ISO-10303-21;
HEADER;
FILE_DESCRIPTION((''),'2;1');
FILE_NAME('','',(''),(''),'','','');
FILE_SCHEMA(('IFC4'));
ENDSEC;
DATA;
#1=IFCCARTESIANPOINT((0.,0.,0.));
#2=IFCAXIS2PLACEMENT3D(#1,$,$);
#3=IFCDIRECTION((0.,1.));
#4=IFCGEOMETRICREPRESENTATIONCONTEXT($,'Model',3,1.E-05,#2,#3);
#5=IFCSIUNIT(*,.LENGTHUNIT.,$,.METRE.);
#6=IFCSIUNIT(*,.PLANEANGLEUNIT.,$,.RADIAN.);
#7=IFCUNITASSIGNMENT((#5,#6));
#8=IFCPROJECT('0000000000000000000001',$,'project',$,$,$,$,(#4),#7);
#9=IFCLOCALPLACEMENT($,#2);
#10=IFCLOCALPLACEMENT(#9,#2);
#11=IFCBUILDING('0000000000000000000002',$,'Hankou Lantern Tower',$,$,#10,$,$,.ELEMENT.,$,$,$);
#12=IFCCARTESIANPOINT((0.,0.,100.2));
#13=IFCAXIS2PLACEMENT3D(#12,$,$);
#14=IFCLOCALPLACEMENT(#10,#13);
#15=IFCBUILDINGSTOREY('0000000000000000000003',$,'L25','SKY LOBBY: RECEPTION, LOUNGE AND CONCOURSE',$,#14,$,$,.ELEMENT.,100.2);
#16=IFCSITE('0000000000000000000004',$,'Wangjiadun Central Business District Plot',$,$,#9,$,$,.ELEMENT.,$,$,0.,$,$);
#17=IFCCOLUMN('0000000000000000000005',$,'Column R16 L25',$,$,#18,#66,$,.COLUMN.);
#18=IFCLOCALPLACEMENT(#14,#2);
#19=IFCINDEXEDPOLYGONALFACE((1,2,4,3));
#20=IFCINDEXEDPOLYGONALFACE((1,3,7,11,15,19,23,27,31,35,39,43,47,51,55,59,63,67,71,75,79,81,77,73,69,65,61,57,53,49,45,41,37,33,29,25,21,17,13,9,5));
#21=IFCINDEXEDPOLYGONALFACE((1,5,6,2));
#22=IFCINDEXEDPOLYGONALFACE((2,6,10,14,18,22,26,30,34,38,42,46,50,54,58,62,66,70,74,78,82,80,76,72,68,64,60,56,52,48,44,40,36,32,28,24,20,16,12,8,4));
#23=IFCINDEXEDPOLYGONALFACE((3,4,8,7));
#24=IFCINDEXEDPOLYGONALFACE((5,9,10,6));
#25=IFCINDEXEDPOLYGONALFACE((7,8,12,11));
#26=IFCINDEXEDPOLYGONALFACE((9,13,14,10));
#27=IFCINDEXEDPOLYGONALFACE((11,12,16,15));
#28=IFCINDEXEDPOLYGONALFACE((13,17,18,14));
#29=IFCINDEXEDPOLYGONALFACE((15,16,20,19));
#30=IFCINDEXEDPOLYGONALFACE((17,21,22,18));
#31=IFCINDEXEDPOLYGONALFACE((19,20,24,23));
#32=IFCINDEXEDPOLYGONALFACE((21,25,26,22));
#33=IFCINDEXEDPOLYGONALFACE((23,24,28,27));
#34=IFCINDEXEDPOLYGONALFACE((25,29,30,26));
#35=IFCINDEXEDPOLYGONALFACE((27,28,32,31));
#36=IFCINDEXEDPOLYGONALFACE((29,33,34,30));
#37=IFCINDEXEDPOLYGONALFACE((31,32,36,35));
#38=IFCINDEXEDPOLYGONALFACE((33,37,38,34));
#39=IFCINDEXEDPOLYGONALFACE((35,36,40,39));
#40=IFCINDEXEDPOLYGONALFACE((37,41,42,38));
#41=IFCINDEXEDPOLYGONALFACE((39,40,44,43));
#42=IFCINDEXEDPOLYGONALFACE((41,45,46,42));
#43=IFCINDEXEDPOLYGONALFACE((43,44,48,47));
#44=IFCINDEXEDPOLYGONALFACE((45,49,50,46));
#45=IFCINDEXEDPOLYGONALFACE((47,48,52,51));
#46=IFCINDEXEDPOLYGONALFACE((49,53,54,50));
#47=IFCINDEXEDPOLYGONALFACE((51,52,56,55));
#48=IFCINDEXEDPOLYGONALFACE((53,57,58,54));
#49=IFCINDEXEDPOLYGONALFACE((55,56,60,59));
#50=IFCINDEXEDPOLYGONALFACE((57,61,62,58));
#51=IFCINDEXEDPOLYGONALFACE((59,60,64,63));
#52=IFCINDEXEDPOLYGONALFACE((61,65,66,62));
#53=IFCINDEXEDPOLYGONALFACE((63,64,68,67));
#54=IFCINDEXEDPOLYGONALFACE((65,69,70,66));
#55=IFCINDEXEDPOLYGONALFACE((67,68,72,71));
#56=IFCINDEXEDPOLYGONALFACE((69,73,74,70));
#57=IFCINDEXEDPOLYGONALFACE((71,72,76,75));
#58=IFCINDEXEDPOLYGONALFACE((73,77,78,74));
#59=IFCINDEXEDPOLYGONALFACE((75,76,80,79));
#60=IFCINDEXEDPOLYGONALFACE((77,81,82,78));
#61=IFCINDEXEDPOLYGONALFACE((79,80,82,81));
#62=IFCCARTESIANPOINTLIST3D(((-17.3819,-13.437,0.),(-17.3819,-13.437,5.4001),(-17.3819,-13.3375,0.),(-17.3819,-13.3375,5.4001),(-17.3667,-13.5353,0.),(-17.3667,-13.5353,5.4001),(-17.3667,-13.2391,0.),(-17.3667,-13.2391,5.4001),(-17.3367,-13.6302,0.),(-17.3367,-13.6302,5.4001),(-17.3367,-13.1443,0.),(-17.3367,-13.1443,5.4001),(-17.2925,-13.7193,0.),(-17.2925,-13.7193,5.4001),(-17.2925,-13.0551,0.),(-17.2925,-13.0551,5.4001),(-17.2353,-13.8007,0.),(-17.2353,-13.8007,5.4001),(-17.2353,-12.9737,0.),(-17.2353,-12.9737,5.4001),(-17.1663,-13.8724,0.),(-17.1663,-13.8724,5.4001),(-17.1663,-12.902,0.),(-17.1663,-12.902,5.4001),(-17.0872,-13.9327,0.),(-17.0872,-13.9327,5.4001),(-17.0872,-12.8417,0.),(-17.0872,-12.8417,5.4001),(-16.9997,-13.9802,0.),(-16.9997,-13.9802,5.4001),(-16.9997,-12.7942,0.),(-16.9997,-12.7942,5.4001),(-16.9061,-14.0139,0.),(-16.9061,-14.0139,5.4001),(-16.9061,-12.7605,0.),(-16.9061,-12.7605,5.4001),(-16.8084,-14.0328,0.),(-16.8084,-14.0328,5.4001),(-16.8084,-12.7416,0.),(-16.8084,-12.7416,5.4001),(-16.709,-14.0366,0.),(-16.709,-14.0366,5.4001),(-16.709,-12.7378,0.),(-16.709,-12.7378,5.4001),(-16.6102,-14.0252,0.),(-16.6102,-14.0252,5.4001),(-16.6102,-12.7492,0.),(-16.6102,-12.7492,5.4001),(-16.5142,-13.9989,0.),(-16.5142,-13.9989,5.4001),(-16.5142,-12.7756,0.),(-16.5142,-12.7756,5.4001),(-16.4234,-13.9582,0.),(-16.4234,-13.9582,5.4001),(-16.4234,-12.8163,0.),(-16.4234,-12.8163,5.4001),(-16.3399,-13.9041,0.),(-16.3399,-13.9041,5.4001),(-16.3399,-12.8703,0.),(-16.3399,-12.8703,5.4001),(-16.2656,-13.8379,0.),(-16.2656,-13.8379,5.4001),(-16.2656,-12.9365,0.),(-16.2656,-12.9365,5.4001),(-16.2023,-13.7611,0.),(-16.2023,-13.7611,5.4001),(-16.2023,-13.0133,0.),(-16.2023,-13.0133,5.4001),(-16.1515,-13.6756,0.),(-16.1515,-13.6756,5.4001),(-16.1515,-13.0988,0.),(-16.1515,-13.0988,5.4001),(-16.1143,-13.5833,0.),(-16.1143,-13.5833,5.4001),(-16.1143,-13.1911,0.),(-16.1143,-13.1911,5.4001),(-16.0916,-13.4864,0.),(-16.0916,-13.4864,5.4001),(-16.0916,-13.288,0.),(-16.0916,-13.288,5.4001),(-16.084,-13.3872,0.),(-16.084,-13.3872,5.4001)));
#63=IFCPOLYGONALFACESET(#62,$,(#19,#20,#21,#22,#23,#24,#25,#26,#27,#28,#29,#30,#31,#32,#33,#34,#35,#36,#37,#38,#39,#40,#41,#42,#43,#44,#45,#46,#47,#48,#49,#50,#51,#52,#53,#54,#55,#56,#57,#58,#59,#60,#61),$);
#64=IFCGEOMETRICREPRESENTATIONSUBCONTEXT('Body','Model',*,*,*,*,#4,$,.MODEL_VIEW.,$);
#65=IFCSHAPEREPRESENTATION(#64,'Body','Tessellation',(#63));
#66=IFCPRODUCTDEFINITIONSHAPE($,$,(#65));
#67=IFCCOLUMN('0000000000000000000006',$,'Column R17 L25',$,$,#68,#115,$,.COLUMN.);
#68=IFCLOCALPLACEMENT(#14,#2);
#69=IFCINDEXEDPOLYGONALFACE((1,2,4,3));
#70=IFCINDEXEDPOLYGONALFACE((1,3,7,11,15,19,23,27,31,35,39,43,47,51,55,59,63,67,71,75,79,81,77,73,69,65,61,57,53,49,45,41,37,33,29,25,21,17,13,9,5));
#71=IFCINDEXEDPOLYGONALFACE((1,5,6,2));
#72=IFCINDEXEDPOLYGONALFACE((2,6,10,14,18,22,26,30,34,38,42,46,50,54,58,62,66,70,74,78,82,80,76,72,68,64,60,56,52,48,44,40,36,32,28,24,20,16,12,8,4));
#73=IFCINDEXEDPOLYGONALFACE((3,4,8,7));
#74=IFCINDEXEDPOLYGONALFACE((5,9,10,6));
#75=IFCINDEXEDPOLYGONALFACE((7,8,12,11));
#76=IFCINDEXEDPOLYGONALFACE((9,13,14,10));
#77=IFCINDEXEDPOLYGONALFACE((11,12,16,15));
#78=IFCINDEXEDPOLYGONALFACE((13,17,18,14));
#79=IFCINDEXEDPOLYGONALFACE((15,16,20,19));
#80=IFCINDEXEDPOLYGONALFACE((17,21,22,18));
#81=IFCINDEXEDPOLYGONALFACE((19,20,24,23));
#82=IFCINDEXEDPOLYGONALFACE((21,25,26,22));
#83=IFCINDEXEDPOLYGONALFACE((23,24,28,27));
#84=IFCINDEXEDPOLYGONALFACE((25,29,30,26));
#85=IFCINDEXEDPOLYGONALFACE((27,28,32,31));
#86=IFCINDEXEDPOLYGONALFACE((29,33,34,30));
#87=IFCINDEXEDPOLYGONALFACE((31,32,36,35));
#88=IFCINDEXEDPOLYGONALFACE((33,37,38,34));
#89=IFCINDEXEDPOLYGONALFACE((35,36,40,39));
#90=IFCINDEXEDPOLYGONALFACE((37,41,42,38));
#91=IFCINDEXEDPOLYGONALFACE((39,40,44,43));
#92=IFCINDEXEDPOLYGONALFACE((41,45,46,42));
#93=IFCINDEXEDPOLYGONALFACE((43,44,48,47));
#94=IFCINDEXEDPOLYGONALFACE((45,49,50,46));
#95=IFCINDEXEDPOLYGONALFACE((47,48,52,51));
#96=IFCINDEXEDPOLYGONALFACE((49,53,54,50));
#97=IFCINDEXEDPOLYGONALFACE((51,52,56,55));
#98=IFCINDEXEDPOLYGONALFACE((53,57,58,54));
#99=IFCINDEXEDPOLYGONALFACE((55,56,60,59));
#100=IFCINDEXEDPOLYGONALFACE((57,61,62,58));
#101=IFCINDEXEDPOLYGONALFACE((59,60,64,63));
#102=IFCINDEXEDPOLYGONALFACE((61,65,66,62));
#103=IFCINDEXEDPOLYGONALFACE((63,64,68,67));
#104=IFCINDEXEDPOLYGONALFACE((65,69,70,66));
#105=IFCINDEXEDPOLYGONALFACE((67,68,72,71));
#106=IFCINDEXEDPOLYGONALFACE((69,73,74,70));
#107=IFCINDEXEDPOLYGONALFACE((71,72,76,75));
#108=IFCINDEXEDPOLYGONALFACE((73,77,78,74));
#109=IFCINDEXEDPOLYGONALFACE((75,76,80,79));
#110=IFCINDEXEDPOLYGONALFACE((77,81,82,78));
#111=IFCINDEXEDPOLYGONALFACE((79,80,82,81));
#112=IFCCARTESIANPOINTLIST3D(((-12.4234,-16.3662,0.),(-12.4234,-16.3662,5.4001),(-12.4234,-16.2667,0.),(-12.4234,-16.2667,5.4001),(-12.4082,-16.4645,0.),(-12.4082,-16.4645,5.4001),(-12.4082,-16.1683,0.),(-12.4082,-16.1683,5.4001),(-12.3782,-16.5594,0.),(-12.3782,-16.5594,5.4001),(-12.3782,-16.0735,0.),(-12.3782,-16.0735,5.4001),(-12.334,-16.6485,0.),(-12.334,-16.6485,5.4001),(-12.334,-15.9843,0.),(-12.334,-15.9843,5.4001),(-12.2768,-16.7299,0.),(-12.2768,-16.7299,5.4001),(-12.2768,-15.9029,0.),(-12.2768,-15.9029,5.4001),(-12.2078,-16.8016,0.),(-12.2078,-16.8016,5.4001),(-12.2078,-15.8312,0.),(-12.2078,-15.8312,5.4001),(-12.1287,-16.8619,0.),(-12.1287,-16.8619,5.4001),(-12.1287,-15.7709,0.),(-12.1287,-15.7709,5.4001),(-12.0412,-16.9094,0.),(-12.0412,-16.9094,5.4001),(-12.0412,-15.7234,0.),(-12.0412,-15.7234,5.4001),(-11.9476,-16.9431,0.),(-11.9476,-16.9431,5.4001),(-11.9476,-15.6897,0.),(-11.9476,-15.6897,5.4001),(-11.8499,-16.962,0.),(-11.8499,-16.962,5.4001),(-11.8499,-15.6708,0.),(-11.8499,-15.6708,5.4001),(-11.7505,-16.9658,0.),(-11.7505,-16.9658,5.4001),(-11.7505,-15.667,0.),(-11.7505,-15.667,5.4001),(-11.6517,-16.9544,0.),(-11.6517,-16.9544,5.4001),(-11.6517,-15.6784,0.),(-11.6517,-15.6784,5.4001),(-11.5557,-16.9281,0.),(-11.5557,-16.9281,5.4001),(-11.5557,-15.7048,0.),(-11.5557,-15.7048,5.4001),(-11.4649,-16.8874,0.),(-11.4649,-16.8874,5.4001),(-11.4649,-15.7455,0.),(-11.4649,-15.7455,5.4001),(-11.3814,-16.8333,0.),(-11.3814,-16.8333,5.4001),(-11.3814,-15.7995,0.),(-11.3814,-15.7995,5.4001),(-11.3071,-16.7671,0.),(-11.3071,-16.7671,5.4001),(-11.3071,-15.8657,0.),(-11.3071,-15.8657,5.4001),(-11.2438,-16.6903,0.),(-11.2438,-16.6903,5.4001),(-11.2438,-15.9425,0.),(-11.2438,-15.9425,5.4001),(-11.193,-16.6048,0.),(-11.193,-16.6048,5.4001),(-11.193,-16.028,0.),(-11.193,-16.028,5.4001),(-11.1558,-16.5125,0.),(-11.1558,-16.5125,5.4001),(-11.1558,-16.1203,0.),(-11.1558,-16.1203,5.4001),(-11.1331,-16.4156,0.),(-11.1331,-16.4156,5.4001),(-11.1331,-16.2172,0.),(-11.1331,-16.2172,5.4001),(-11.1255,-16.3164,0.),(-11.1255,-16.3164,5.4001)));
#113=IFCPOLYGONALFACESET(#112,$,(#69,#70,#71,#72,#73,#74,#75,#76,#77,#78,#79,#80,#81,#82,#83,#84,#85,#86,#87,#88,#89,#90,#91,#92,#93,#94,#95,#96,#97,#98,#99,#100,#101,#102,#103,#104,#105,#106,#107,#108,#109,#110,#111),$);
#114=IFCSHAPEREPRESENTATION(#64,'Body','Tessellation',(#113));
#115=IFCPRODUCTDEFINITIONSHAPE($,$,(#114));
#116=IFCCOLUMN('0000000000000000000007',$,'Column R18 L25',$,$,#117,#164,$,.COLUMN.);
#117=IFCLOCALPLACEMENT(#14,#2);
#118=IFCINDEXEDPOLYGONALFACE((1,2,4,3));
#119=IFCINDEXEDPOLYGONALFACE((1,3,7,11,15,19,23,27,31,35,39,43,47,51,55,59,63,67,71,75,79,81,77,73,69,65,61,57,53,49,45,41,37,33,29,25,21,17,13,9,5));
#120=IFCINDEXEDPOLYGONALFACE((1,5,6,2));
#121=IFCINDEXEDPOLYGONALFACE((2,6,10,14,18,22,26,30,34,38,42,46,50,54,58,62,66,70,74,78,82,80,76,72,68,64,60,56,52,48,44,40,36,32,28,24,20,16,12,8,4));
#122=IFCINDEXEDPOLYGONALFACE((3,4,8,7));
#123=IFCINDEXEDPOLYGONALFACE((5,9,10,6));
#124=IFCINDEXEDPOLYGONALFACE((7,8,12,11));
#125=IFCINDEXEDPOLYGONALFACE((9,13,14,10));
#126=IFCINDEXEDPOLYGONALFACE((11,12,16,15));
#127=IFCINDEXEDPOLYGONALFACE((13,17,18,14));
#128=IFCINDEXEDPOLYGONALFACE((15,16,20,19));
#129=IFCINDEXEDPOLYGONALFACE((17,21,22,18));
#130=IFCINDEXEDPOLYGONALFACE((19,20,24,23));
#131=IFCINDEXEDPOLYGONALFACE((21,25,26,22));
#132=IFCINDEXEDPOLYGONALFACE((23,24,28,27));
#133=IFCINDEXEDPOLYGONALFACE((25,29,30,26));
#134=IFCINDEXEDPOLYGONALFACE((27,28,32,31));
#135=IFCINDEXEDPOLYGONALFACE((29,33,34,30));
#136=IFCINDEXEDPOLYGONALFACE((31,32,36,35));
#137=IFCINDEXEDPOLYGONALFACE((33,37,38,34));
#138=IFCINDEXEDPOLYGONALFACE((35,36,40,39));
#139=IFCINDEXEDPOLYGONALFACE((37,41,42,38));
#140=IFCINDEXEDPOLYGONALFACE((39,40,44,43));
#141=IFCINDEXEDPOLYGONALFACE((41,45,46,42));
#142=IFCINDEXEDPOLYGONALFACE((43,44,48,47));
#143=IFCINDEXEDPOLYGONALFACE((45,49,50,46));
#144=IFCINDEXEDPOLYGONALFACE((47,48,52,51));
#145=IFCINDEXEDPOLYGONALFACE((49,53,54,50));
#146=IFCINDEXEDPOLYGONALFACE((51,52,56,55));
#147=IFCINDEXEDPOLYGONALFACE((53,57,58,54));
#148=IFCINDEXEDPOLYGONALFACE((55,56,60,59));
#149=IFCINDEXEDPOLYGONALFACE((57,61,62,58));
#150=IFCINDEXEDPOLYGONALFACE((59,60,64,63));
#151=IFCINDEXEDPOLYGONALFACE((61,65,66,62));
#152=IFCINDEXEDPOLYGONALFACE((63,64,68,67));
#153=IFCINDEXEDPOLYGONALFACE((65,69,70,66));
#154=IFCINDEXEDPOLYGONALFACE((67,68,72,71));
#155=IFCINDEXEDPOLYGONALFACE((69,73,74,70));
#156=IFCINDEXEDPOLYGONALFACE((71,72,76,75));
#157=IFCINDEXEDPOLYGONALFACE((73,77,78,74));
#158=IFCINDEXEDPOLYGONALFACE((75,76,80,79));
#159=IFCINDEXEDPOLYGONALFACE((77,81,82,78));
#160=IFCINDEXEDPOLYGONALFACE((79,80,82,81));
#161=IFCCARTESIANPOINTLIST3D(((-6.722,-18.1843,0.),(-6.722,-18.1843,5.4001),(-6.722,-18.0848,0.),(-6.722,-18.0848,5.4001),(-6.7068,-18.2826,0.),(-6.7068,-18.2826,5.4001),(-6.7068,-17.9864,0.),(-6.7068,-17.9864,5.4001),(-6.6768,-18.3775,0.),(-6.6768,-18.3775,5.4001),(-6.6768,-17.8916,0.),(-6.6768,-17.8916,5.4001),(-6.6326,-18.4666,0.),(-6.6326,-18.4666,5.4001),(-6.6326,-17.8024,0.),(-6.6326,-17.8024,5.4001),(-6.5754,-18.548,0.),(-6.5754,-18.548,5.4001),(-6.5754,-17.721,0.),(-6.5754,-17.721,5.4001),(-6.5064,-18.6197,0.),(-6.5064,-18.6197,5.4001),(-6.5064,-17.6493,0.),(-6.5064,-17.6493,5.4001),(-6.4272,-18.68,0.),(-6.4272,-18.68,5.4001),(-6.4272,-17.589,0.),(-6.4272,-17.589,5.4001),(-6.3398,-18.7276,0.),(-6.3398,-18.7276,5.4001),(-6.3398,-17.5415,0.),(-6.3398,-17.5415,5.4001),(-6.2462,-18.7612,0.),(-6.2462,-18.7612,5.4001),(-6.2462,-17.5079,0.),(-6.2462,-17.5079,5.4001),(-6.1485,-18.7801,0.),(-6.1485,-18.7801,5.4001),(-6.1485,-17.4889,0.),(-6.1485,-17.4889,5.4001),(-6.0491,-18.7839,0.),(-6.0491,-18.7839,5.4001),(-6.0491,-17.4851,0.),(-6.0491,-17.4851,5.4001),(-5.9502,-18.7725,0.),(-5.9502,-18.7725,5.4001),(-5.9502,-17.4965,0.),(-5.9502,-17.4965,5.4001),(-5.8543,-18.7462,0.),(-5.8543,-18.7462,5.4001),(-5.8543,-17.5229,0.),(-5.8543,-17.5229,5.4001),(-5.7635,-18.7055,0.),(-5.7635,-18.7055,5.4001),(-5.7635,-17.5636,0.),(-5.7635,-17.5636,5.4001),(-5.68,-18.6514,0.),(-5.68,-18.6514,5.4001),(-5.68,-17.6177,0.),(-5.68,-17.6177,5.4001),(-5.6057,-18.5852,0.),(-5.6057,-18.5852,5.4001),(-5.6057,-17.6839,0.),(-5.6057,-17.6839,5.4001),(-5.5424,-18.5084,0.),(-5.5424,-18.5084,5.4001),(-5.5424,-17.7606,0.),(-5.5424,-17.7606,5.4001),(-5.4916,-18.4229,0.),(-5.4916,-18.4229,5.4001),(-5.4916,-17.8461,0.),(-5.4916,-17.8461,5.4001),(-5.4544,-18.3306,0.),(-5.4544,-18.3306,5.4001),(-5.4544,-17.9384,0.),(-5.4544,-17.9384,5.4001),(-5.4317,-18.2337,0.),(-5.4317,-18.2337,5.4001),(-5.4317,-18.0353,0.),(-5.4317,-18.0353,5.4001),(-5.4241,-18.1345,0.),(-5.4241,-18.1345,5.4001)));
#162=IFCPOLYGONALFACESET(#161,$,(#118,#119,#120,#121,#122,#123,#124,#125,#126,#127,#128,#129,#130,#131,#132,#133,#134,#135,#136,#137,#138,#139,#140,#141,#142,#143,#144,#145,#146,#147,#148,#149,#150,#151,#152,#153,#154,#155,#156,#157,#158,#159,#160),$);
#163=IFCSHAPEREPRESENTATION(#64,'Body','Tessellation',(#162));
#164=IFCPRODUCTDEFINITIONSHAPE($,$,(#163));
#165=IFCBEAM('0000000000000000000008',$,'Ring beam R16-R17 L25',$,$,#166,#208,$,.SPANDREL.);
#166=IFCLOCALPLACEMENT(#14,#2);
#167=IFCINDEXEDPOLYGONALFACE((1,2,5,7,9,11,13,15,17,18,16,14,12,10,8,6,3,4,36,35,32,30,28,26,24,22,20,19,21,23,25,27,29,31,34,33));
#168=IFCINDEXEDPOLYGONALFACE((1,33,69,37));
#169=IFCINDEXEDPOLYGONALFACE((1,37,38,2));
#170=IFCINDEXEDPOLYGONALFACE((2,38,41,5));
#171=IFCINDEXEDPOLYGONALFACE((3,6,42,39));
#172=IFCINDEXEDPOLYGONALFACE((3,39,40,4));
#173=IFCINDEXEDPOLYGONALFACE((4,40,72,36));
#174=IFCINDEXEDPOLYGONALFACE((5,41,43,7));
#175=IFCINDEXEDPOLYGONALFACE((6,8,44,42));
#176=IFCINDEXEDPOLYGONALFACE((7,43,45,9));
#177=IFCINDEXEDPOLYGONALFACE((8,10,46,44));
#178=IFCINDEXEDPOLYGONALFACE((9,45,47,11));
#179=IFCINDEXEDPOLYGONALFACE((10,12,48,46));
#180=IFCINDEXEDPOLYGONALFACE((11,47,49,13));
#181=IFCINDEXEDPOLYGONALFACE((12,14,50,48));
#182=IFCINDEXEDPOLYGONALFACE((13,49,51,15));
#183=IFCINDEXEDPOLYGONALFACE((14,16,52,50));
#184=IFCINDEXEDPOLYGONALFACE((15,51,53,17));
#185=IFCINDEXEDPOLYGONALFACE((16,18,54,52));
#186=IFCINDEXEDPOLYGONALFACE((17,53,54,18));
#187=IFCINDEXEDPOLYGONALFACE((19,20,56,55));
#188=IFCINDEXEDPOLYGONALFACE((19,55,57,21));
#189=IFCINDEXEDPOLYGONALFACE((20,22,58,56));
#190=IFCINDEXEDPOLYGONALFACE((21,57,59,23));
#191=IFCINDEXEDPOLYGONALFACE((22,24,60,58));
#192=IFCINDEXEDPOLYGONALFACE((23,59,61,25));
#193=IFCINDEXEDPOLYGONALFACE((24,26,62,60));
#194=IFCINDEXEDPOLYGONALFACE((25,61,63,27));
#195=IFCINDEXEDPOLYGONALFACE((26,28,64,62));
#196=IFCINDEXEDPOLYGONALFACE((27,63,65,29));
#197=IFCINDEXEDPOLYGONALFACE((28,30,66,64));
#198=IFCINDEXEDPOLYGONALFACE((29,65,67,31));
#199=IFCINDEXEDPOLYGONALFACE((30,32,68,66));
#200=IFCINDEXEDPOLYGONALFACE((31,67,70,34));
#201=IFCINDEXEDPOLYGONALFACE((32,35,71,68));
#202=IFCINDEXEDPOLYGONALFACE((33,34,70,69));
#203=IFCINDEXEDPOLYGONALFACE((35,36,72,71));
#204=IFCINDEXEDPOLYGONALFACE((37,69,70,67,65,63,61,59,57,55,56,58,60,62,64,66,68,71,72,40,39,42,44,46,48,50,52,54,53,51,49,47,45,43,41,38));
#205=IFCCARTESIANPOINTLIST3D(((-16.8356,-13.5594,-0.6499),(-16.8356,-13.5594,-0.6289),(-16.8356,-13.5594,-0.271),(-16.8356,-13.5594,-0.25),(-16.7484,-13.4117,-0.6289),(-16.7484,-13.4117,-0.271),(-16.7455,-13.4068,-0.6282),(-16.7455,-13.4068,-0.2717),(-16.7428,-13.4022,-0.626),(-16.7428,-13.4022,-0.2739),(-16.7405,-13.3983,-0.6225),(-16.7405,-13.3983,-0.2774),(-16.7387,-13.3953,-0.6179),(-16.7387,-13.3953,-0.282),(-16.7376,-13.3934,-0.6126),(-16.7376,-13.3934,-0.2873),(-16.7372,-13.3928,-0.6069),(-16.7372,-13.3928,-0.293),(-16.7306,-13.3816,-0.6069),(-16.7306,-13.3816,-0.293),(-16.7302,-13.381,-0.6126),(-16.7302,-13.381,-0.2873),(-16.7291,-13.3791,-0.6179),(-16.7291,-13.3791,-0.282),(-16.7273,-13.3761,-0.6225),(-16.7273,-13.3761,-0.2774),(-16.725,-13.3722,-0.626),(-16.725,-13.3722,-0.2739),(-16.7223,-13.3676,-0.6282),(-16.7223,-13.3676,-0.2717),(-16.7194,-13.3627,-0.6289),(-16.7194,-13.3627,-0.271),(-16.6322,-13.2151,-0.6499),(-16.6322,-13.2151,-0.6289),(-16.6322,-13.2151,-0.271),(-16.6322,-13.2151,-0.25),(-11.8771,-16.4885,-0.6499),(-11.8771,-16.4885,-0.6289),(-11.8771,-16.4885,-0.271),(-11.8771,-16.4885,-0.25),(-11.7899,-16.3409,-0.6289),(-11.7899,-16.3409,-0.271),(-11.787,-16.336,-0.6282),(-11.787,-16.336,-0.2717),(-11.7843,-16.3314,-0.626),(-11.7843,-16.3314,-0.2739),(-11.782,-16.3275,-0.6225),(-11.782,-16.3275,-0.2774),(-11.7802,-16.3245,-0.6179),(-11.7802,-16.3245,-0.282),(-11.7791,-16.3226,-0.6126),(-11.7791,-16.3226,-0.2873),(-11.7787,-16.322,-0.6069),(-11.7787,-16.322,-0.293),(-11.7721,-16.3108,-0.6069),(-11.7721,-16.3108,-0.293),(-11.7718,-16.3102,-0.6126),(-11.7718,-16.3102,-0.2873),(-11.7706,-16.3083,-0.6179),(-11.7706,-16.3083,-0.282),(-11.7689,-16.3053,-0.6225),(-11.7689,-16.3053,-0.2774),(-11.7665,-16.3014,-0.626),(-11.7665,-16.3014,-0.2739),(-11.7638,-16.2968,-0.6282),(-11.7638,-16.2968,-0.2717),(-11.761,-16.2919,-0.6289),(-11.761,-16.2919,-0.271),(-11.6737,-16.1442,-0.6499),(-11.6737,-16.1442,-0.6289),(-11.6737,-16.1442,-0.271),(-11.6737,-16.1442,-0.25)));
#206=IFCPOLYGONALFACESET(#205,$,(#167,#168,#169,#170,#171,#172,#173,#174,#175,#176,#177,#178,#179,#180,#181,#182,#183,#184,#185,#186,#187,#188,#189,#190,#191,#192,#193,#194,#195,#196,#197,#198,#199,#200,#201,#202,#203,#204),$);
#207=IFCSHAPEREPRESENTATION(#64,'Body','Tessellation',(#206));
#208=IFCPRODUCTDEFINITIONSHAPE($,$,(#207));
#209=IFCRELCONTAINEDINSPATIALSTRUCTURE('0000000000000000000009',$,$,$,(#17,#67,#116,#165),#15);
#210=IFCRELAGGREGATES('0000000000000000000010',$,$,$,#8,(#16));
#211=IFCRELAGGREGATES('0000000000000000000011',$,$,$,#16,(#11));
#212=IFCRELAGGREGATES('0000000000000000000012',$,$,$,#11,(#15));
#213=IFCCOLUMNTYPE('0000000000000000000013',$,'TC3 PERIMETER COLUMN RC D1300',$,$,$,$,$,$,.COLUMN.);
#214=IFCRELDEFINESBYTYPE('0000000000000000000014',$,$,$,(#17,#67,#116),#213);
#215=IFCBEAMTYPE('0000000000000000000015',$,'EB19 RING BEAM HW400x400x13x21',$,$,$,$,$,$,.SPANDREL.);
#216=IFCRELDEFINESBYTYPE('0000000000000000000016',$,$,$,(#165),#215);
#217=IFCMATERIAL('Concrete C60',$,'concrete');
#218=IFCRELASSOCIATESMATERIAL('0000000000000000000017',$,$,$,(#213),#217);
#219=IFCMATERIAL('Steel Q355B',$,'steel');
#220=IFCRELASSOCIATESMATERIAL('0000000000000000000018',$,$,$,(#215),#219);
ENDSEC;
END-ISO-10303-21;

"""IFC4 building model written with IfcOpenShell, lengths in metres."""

from ifc_helpers import new_model, si_unit, direction, frame, origin, origin_2d, place, context, subcontext, project, spatial, circle, i_section, extrude, material, material_profile, profile_set, type_object, element, save


model = new_model("IFC4")

# Units and contexts
model_context = context("Model", 3, precision=1e-05, world=origin(), true_north=direction((0.0, 1.0)))
body_context = subcontext(model_context, "Body", "Model", "MODEL_VIEW")
ifc_project = project(units=[si_unit("LENGTHUNIT", "METRE"), si_unit("PLANEANGLEUNIT", "RADIAN")], contexts=[model_context])

# Site, building, storey
site_placement = place(None, origin())
site = spatial("IfcSite", under=ifc_project, at=site_placement, Name="Wangjiadun Central Business District Plot", CompositionType="ELEMENT", RefElevation=0.0)
building_placement = place(site_placement, origin())
building = spatial("IfcBuilding", under=site, at=building_placement, Name="Hankou Lantern Tower", CompositionType="ELEMENT")
storey_placement = place(building_placement, frame((0.0, 0.0, 100.2)))
storey = spatial("IfcBuildingStorey", under=building, at=storey_placement, Name="L25", Description="SKY LOBBY: RECEPTION, LOUNGE AND CONCOURSE", CompositionType="ELEMENT", Elevation=100.2)

# Columns
ifc_material_1 = material(Name="Concrete C60", Category="concrete")
ifc_material_profile_1 = material_profile(ifc_material_1, circle(Radius=0.6499, at=origin_2d()), Name="RC D1300")
ifc_profile_set_1 = profile_set([ifc_material_profile_1], Name="Concrete C60")
column_type = type_object("IfcColumnType", Name="TC3 PERIMETER COLUMN RC D1300", PredefinedType="COLUMN", material=ifc_profile_set_1)
for number, where, z_axis, x_axis, name in (
    (1, (-16.7339, -13.3872, 0.0), (0.0, 0.0, 1.0), (1.0, 0.0, 0.0), "Column R16 L25"),
    (2, (-11.7754, -16.3164, 0.0), (0.0, 0.0, 1.0), (1.0, 0.0, 0.0), "Column R17 L25"),
    (3, (-6.074, -18.1345, 0.0), (0.0, 0.0, 1.0), (1.0, 0.0, 0.0), "Column R18 L25"),
):
    element("IfcColumn", number, at=place(storey_placement, frame(where, z_axis=z_axis, x_axis=x_axis)), inside=storey, type_object=column_type, Name=name, PredefinedType="COLUMN", context=body_context, shape_type="SweptSolid", body=[
        extrude(circle(Radius=0.6499, at=origin_2d()), origin(), (0.0, 0.0, 1.0), 5.4001),
    ])

# Beam
ifc_material_2 = material(Name="Steel Q355B", Category="steel")
ifc_material_profile_2 = material_profile(ifc_material_2, i_section(OverallWidth=0.3999, OverallDepth=0.3999, WebThickness=0.0129, FlangeThickness=0.021, FilletRadius=0.022, at=origin_2d()), Name="HW400x400x13x21")
ifc_profile_set_2 = profile_set([ifc_material_profile_2], Name="Steel Q355B")
beam_type_1 = type_object("IfcBeamType", Name="EB19 RING BEAM HW400x400x13x21", PredefinedType="SPANDREL", material=ifc_profile_set_2)
beam_1_placement = place(storey_placement, frame((-16.7339, -13.3872, -0.45), z_axis=(0.860989, -0.508624, 0.0), x_axis=(0.508624, 0.860989, 0.0)))
element("IfcBeam", 4, at=beam_1_placement, inside=storey, type_object=beam_type_1, Name="Ring beam R16-R17 L25", PredefinedType="SPANDREL", context=body_context, shape_type="SweptSolid", body=[
    extrude(i_section(OverallWidth=0.3999, OverallDepth=0.3999, WebThickness=0.0129, FlangeThickness=0.021, FilletRadius=0.022, at=origin_2d()), origin(), (0.0, 0.0, 1.0), 5.759),
])

save(model, "model.ifc")
